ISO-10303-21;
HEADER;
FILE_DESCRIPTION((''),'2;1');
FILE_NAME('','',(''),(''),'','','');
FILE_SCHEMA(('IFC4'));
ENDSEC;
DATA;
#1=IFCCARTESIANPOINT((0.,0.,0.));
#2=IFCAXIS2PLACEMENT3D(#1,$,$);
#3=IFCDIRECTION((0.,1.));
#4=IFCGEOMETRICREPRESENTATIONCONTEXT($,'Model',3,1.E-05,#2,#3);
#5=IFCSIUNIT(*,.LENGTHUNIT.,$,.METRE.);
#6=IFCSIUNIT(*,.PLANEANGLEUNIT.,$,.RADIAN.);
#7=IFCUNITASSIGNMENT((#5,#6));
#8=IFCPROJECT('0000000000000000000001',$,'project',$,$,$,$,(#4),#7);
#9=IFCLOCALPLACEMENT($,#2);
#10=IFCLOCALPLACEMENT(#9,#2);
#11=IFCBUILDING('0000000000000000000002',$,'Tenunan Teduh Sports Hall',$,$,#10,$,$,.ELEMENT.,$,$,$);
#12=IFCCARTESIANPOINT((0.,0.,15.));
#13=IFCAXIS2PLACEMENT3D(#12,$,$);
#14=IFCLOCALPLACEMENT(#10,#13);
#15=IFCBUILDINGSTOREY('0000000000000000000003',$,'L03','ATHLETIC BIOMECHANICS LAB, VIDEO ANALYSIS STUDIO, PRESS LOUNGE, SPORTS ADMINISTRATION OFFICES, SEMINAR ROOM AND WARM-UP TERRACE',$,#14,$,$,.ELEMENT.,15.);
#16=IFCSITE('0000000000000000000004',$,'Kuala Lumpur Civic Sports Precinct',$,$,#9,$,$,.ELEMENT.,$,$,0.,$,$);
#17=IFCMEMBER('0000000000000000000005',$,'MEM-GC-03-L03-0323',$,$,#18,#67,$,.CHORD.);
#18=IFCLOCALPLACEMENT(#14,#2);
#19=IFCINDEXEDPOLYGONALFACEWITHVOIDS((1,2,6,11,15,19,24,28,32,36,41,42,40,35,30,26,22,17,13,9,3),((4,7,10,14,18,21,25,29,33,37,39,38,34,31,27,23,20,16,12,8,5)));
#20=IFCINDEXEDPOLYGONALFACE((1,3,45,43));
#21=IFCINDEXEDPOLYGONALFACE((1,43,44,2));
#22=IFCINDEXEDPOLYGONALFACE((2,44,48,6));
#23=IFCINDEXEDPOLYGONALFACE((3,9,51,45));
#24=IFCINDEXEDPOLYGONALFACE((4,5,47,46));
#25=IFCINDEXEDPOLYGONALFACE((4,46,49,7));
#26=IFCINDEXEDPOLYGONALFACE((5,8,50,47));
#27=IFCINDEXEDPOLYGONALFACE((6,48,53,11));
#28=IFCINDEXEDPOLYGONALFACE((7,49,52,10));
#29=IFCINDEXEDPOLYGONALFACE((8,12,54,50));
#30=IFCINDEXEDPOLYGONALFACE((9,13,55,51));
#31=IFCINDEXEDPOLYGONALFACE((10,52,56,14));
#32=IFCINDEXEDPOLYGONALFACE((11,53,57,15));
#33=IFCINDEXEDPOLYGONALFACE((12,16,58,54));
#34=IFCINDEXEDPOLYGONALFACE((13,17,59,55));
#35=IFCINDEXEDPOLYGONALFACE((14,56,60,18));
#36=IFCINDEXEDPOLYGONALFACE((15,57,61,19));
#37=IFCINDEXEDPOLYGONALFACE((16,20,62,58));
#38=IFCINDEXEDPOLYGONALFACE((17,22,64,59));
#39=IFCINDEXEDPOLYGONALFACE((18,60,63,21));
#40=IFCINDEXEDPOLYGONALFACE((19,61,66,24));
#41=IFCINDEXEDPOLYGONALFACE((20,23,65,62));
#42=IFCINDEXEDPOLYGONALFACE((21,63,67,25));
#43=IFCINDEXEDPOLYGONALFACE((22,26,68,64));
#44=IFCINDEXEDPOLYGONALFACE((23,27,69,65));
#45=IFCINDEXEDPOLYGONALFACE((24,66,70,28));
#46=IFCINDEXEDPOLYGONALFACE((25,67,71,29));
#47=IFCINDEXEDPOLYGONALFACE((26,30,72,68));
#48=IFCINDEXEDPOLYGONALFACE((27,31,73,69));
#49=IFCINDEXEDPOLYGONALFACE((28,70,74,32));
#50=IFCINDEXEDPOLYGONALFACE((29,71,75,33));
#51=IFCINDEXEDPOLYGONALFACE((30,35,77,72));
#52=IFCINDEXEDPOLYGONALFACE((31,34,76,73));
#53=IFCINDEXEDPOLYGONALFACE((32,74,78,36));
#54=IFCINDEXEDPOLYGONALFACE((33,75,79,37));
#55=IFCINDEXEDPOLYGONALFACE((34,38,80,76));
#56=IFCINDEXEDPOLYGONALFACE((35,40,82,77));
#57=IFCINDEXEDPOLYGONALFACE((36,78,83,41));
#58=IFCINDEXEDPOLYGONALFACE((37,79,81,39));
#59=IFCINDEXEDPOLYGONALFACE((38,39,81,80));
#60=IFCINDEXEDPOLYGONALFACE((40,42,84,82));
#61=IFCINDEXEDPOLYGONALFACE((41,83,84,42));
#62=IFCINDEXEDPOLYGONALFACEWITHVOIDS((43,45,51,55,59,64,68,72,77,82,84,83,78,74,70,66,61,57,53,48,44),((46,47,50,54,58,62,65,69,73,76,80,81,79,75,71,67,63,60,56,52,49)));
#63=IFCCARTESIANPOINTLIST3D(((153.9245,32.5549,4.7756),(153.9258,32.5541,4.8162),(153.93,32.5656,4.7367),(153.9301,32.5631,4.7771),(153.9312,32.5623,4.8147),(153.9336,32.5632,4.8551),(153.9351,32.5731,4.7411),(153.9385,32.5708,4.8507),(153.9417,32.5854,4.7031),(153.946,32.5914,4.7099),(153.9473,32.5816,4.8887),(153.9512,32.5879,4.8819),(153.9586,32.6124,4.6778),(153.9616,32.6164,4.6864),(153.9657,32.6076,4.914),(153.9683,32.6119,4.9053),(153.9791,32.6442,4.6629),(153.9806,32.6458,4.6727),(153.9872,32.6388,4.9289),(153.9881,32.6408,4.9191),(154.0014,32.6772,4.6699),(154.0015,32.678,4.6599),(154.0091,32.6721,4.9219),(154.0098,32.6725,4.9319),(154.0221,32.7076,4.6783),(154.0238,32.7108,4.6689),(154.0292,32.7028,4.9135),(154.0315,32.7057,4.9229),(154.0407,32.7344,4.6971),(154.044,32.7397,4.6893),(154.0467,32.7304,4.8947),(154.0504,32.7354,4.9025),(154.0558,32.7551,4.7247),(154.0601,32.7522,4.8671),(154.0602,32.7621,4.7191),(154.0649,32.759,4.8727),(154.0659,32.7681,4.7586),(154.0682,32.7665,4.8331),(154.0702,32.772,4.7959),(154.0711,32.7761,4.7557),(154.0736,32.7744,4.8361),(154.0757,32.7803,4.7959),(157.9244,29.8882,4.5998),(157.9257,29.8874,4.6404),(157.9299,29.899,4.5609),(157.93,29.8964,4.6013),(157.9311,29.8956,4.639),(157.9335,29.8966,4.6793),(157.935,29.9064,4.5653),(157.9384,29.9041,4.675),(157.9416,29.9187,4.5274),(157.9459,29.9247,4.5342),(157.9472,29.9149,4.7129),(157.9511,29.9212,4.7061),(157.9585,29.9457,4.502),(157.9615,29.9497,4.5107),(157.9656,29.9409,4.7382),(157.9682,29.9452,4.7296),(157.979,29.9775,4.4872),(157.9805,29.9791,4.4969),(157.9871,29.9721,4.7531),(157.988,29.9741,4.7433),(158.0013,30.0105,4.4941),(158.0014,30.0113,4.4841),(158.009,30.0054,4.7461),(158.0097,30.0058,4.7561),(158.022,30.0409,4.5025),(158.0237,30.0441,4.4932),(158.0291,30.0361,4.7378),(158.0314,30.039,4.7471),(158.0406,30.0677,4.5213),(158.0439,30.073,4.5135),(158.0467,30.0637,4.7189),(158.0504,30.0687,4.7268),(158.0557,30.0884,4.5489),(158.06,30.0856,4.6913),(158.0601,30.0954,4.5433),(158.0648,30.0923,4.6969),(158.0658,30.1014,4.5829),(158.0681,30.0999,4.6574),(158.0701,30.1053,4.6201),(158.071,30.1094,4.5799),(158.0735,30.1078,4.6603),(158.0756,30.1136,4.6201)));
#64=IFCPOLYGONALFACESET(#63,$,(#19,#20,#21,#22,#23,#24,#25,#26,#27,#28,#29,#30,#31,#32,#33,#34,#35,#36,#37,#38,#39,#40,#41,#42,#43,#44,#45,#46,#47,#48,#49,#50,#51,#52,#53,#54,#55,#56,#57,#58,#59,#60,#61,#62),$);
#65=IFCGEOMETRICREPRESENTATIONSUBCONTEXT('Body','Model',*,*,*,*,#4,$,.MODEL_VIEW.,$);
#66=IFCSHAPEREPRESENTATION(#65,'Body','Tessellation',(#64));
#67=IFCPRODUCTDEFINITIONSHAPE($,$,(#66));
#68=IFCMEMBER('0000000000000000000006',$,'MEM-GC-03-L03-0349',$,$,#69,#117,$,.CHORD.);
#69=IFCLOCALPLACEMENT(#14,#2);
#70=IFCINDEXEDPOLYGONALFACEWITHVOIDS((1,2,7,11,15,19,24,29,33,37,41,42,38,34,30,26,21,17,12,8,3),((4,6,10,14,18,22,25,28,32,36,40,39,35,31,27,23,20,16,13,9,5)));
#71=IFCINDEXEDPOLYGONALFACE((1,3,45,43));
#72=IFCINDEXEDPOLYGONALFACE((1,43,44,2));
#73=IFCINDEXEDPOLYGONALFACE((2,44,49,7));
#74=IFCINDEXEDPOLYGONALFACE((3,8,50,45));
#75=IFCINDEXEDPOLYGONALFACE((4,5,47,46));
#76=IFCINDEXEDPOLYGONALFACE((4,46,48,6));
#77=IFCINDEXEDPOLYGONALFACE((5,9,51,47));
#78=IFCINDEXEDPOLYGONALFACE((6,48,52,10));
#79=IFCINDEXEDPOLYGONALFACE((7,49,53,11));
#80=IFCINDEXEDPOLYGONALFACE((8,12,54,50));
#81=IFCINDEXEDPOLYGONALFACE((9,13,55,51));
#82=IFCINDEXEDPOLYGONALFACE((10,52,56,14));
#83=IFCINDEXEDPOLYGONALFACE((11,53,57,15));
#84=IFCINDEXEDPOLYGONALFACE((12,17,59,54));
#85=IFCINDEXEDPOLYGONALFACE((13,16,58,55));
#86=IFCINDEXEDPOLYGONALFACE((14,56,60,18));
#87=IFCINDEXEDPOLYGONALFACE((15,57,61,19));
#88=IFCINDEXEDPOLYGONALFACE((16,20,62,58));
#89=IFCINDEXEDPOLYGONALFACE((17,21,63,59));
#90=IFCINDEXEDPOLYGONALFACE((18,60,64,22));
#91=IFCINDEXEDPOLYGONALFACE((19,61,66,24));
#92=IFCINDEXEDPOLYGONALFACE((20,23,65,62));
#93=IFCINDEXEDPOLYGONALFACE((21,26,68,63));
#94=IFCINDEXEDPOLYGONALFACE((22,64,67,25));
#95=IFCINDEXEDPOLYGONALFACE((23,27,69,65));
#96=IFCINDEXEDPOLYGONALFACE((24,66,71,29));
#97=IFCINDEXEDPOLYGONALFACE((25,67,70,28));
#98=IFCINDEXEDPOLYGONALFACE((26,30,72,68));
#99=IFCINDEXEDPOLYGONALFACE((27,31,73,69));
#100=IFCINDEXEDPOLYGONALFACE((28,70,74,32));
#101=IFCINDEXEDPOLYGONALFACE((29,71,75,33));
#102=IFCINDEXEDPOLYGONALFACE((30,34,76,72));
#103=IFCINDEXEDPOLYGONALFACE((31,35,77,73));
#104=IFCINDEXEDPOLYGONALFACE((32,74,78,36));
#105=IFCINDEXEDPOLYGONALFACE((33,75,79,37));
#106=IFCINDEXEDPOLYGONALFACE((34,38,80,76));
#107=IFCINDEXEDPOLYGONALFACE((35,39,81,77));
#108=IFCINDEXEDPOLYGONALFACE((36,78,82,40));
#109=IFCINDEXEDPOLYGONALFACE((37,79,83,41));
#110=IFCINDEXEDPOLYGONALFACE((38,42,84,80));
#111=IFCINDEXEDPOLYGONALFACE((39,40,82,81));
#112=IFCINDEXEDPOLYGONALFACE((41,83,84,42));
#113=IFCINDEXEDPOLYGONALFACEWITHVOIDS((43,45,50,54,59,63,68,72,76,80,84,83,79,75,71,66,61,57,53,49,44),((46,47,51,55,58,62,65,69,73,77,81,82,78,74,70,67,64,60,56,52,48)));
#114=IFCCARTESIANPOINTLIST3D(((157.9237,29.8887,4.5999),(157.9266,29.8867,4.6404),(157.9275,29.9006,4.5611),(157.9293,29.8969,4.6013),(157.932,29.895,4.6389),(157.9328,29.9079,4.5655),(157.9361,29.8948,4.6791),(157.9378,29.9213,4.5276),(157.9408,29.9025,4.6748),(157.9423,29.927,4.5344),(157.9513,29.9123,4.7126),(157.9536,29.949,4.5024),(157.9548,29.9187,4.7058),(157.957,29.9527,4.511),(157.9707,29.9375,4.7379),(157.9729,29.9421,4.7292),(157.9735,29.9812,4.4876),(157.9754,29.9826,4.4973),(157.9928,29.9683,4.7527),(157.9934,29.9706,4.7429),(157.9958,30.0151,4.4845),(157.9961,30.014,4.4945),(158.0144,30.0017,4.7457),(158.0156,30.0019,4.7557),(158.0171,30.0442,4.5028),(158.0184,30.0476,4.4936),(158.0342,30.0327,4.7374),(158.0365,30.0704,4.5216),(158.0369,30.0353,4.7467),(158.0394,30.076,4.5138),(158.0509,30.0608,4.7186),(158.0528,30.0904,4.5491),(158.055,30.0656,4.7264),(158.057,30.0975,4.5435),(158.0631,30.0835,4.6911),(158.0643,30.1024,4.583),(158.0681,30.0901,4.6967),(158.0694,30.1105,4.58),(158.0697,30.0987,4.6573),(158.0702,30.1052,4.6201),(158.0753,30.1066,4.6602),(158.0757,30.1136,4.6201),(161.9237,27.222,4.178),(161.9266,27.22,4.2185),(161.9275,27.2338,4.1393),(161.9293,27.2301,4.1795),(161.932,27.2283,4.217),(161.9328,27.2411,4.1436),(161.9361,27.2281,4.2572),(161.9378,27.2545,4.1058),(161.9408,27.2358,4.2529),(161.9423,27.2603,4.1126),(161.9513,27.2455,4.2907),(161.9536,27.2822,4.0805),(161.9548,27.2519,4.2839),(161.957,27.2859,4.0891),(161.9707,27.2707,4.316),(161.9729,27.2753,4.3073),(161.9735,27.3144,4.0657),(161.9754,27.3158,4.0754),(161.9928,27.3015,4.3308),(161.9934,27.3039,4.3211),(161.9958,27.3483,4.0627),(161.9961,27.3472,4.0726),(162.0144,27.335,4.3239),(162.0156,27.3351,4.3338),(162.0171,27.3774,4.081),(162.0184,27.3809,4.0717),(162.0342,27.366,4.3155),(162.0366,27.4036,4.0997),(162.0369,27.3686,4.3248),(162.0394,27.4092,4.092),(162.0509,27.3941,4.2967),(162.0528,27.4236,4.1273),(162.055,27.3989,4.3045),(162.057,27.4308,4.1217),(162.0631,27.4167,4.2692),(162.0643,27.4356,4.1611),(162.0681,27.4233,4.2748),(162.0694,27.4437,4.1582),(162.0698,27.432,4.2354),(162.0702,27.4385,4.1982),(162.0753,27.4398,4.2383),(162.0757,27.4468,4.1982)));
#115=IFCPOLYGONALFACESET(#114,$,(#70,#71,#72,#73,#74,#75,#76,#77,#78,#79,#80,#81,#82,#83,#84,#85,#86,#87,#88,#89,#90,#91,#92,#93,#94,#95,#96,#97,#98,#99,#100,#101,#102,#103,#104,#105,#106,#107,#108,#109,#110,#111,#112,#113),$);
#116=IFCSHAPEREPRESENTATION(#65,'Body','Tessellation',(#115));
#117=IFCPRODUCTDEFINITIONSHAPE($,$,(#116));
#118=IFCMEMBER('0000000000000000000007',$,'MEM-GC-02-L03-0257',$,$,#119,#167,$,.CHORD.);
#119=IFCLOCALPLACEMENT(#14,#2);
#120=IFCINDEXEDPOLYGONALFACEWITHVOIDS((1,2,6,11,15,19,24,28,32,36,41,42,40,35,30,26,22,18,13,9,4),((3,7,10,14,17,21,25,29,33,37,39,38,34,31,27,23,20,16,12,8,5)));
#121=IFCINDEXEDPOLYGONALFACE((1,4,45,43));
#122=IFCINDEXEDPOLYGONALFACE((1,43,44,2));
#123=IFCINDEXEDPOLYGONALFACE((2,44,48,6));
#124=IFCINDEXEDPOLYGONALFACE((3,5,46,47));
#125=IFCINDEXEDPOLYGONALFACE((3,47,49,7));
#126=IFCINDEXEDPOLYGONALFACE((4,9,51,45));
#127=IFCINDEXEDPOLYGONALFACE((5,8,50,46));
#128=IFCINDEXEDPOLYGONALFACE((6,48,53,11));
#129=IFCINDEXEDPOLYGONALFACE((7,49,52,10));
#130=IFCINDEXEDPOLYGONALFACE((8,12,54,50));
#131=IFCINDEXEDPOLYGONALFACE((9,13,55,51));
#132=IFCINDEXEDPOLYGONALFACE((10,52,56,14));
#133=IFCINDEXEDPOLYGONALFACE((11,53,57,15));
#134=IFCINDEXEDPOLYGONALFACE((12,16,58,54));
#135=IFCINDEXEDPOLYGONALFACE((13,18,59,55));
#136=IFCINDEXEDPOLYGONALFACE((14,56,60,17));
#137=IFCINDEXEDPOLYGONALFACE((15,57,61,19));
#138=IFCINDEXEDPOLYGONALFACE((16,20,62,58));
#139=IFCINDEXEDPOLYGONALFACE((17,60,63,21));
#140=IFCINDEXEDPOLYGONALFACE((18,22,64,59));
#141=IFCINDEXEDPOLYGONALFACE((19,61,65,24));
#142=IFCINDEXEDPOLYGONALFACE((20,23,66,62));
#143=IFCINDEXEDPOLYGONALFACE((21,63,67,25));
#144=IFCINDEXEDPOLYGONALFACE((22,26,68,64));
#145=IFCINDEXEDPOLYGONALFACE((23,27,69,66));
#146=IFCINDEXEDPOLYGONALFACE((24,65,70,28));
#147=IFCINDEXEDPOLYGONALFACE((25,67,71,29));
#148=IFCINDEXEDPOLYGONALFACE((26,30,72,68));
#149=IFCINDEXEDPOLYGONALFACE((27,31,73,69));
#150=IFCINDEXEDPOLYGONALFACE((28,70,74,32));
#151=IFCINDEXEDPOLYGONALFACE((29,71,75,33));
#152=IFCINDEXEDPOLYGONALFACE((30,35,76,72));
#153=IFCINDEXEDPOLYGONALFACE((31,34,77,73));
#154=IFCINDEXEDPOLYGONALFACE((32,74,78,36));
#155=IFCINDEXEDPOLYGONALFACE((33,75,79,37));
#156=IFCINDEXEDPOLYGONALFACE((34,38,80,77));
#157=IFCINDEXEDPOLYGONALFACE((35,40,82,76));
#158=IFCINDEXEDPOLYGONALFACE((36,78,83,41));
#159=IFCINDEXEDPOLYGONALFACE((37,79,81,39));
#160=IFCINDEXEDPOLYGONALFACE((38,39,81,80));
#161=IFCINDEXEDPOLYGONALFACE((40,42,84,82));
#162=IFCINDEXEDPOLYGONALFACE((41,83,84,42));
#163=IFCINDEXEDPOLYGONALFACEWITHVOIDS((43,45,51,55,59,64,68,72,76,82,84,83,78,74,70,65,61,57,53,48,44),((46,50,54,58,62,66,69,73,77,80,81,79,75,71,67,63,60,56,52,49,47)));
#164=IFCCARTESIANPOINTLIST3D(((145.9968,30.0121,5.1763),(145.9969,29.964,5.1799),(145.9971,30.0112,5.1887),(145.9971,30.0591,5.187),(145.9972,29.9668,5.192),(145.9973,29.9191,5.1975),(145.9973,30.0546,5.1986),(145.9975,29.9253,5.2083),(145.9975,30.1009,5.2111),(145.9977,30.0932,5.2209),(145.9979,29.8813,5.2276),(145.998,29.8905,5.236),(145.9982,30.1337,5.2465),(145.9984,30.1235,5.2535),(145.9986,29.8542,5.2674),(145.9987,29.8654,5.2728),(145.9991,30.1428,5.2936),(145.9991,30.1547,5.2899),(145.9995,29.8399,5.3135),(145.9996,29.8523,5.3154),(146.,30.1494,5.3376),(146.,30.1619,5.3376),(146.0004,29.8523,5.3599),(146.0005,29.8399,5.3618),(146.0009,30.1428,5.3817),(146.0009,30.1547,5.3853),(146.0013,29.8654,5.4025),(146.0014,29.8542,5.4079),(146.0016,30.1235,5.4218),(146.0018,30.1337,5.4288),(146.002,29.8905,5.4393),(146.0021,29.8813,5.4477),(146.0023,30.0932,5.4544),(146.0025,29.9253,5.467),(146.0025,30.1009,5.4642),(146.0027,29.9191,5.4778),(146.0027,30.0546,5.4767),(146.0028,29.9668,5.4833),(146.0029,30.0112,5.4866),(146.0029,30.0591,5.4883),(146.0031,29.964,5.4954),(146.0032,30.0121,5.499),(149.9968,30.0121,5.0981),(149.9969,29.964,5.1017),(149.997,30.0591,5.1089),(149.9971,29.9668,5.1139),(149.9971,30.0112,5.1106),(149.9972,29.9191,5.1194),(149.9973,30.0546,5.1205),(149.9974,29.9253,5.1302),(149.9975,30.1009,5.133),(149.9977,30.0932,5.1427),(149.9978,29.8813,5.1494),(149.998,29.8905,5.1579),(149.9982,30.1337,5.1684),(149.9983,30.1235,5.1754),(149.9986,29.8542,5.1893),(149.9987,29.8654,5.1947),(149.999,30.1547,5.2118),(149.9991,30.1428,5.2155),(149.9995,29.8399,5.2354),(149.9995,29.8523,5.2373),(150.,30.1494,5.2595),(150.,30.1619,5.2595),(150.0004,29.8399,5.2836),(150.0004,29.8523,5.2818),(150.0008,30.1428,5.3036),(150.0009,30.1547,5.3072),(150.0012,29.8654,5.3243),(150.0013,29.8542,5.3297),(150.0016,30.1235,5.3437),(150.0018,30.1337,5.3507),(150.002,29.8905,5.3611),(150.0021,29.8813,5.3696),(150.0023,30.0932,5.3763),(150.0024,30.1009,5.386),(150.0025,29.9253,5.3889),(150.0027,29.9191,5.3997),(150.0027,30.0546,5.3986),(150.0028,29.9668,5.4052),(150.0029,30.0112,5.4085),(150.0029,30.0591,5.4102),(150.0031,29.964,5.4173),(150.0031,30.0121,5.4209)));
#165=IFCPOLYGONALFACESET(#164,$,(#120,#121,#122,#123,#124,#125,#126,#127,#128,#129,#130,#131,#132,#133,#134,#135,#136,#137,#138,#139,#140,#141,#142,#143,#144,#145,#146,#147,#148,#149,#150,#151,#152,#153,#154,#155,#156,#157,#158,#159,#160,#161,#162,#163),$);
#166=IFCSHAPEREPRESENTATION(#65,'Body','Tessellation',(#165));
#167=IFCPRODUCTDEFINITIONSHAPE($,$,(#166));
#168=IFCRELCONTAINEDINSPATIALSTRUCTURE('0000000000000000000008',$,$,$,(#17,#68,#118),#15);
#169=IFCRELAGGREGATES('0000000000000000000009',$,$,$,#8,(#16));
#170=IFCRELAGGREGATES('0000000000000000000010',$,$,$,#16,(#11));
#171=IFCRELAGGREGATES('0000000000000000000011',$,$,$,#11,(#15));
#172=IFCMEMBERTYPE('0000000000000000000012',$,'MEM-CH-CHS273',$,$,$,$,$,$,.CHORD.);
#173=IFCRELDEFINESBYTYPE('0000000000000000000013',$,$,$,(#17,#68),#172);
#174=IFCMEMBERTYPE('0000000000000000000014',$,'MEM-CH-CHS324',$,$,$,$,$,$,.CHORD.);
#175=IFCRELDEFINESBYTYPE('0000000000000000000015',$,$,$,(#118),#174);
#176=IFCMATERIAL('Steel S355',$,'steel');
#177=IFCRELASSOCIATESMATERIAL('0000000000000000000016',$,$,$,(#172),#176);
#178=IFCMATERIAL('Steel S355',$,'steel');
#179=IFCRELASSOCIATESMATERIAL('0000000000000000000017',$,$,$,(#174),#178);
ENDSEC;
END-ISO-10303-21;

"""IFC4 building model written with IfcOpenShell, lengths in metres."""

from ifc_helpers import new_model, si_unit, direction, frame, origin, origin_2d, place, context, subcontext, project, spatial, hollow_circle, extrude, material, material_profile, profile_set, type_object, element, save


model = new_model("IFC4")

# Units and contexts
model_context = context("Model", 3, precision=1e-05, world=origin(), true_north=direction((0.0, 1.0)))
body_context = subcontext(model_context, "Body", "Model", "MODEL_VIEW")
ifc_project = project(units=[si_unit("LENGTHUNIT", "METRE"), si_unit("PLANEANGLEUNIT", "RADIAN")], contexts=[model_context])

# Site, building, storey
site_placement = place(None, origin())
site = spatial("IfcSite", under=ifc_project, at=site_placement, Name="Kuala Lumpur Civic Sports Precinct", CompositionType="ELEMENT", RefElevation=0.0)
building_placement = place(site_placement, origin())
building = spatial("IfcBuilding", under=site, at=building_placement, Name="Tenunan Teduh Sports Hall", CompositionType="ELEMENT")
storey_placement = place(building_placement, frame((0.0, 0.0, 15.0)))
storey = spatial("IfcBuildingStorey", under=building, at=storey_placement, Name="L03", Description="ATHLETIC BIOMECHANICS LAB, VIDEO ANALYSIS STUDIO, PRESS LOUNGE, SPORTS ADMINISTRATION OFFICES, SEMINAR ROOM AND WARM-UP TERRACE", CompositionType="ELEMENT", Elevation=15.0)

# Members
ifc_material_1 = material(Name="Steel S355", Category="steel")
ifc_material_profile_1 = material_profile(ifc_material_1, hollow_circle(Radius=0.1365, WallThickness=0.01, at=origin_2d()), Name="CHS 273.0x10.0")
ifc_profile_set_1 = profile_set([ifc_material_profile_1], Name="Steel S355")
member_type_1 = type_object("IfcMemberType", Name="MEM-CH-CHS273", PredefinedType="CHORD", material=ifc_profile_set_1)
member_1_placement = place(storey_placement, frame((154.0, 32.6667, 4.7959), z_axis=(0.831487, -0.554341, -0.03654), x_axis=(0.554712, 0.832042, 0.0)))
element("IfcMember", 1, at=member_1_placement, inside=storey, type_object=member_type_1, Name="MEM-GC-03-L03-0323", PredefinedType="CHORD", context=body_context, shape_type="SweptSolid", body=[
    extrude(hollow_circle(Radius=0.1365, WallThickness=0.01, at=origin_2d()), origin(), (0.0, 0.0, 1.0), 4.8105),
])
member_2_placement = place(storey_placement, frame((158.0, 30.0, 4.6201), z_axis=(0.828857, -0.552588, -0.087419), x_axis=(0.554712, 0.832042, 0.0)))
element("IfcMember", 2, at=member_2_placement, inside=storey, type_object=member_type_1, Name="MEM-GC-03-L03-0349", PredefinedType="CHORD", context=body_context, shape_type="SweptSolid", body=[
    extrude(hollow_circle(Radius=0.1365, WallThickness=0.01, at=origin_2d()), origin(), (0.0, 0.0, 1.0), 4.8259),
])
ifc_material_2 = material(Name="Steel S355", Category="steel")
ifc_material_profile_2 = material_profile(ifc_material_2, hollow_circle(Radius=0.1619, WallThickness=0.0125, at=origin_2d()), Name="CHS 323.9x12.5")
ifc_profile_set_2 = profile_set([ifc_material_profile_2], Name="Steel S355")
member_type_2 = type_object("IfcMemberType", Name="MEM-CH-CHS324", PredefinedType="CHORD", material=ifc_profile_set_2)
member_3_placement = place(storey_placement, frame((146.0, 30.0, 5.3376), z_axis=(0.999809, 0.0, -0.019528), x_axis=(0.0, 1.0, 0.0)))
element("IfcMember", 3, at=member_3_placement, inside=storey, type_object=member_type_2, Name="MEM-GC-02-L03-0257", PredefinedType="CHORD", context=body_context, shape_type="SweptSolid", body=[
    extrude(hollow_circle(Radius=0.1619, WallThickness=0.0125, at=origin_2d()), origin(), (0.0, 0.0, 1.0), 4.0007),
])

save(model, "model.ifc")
